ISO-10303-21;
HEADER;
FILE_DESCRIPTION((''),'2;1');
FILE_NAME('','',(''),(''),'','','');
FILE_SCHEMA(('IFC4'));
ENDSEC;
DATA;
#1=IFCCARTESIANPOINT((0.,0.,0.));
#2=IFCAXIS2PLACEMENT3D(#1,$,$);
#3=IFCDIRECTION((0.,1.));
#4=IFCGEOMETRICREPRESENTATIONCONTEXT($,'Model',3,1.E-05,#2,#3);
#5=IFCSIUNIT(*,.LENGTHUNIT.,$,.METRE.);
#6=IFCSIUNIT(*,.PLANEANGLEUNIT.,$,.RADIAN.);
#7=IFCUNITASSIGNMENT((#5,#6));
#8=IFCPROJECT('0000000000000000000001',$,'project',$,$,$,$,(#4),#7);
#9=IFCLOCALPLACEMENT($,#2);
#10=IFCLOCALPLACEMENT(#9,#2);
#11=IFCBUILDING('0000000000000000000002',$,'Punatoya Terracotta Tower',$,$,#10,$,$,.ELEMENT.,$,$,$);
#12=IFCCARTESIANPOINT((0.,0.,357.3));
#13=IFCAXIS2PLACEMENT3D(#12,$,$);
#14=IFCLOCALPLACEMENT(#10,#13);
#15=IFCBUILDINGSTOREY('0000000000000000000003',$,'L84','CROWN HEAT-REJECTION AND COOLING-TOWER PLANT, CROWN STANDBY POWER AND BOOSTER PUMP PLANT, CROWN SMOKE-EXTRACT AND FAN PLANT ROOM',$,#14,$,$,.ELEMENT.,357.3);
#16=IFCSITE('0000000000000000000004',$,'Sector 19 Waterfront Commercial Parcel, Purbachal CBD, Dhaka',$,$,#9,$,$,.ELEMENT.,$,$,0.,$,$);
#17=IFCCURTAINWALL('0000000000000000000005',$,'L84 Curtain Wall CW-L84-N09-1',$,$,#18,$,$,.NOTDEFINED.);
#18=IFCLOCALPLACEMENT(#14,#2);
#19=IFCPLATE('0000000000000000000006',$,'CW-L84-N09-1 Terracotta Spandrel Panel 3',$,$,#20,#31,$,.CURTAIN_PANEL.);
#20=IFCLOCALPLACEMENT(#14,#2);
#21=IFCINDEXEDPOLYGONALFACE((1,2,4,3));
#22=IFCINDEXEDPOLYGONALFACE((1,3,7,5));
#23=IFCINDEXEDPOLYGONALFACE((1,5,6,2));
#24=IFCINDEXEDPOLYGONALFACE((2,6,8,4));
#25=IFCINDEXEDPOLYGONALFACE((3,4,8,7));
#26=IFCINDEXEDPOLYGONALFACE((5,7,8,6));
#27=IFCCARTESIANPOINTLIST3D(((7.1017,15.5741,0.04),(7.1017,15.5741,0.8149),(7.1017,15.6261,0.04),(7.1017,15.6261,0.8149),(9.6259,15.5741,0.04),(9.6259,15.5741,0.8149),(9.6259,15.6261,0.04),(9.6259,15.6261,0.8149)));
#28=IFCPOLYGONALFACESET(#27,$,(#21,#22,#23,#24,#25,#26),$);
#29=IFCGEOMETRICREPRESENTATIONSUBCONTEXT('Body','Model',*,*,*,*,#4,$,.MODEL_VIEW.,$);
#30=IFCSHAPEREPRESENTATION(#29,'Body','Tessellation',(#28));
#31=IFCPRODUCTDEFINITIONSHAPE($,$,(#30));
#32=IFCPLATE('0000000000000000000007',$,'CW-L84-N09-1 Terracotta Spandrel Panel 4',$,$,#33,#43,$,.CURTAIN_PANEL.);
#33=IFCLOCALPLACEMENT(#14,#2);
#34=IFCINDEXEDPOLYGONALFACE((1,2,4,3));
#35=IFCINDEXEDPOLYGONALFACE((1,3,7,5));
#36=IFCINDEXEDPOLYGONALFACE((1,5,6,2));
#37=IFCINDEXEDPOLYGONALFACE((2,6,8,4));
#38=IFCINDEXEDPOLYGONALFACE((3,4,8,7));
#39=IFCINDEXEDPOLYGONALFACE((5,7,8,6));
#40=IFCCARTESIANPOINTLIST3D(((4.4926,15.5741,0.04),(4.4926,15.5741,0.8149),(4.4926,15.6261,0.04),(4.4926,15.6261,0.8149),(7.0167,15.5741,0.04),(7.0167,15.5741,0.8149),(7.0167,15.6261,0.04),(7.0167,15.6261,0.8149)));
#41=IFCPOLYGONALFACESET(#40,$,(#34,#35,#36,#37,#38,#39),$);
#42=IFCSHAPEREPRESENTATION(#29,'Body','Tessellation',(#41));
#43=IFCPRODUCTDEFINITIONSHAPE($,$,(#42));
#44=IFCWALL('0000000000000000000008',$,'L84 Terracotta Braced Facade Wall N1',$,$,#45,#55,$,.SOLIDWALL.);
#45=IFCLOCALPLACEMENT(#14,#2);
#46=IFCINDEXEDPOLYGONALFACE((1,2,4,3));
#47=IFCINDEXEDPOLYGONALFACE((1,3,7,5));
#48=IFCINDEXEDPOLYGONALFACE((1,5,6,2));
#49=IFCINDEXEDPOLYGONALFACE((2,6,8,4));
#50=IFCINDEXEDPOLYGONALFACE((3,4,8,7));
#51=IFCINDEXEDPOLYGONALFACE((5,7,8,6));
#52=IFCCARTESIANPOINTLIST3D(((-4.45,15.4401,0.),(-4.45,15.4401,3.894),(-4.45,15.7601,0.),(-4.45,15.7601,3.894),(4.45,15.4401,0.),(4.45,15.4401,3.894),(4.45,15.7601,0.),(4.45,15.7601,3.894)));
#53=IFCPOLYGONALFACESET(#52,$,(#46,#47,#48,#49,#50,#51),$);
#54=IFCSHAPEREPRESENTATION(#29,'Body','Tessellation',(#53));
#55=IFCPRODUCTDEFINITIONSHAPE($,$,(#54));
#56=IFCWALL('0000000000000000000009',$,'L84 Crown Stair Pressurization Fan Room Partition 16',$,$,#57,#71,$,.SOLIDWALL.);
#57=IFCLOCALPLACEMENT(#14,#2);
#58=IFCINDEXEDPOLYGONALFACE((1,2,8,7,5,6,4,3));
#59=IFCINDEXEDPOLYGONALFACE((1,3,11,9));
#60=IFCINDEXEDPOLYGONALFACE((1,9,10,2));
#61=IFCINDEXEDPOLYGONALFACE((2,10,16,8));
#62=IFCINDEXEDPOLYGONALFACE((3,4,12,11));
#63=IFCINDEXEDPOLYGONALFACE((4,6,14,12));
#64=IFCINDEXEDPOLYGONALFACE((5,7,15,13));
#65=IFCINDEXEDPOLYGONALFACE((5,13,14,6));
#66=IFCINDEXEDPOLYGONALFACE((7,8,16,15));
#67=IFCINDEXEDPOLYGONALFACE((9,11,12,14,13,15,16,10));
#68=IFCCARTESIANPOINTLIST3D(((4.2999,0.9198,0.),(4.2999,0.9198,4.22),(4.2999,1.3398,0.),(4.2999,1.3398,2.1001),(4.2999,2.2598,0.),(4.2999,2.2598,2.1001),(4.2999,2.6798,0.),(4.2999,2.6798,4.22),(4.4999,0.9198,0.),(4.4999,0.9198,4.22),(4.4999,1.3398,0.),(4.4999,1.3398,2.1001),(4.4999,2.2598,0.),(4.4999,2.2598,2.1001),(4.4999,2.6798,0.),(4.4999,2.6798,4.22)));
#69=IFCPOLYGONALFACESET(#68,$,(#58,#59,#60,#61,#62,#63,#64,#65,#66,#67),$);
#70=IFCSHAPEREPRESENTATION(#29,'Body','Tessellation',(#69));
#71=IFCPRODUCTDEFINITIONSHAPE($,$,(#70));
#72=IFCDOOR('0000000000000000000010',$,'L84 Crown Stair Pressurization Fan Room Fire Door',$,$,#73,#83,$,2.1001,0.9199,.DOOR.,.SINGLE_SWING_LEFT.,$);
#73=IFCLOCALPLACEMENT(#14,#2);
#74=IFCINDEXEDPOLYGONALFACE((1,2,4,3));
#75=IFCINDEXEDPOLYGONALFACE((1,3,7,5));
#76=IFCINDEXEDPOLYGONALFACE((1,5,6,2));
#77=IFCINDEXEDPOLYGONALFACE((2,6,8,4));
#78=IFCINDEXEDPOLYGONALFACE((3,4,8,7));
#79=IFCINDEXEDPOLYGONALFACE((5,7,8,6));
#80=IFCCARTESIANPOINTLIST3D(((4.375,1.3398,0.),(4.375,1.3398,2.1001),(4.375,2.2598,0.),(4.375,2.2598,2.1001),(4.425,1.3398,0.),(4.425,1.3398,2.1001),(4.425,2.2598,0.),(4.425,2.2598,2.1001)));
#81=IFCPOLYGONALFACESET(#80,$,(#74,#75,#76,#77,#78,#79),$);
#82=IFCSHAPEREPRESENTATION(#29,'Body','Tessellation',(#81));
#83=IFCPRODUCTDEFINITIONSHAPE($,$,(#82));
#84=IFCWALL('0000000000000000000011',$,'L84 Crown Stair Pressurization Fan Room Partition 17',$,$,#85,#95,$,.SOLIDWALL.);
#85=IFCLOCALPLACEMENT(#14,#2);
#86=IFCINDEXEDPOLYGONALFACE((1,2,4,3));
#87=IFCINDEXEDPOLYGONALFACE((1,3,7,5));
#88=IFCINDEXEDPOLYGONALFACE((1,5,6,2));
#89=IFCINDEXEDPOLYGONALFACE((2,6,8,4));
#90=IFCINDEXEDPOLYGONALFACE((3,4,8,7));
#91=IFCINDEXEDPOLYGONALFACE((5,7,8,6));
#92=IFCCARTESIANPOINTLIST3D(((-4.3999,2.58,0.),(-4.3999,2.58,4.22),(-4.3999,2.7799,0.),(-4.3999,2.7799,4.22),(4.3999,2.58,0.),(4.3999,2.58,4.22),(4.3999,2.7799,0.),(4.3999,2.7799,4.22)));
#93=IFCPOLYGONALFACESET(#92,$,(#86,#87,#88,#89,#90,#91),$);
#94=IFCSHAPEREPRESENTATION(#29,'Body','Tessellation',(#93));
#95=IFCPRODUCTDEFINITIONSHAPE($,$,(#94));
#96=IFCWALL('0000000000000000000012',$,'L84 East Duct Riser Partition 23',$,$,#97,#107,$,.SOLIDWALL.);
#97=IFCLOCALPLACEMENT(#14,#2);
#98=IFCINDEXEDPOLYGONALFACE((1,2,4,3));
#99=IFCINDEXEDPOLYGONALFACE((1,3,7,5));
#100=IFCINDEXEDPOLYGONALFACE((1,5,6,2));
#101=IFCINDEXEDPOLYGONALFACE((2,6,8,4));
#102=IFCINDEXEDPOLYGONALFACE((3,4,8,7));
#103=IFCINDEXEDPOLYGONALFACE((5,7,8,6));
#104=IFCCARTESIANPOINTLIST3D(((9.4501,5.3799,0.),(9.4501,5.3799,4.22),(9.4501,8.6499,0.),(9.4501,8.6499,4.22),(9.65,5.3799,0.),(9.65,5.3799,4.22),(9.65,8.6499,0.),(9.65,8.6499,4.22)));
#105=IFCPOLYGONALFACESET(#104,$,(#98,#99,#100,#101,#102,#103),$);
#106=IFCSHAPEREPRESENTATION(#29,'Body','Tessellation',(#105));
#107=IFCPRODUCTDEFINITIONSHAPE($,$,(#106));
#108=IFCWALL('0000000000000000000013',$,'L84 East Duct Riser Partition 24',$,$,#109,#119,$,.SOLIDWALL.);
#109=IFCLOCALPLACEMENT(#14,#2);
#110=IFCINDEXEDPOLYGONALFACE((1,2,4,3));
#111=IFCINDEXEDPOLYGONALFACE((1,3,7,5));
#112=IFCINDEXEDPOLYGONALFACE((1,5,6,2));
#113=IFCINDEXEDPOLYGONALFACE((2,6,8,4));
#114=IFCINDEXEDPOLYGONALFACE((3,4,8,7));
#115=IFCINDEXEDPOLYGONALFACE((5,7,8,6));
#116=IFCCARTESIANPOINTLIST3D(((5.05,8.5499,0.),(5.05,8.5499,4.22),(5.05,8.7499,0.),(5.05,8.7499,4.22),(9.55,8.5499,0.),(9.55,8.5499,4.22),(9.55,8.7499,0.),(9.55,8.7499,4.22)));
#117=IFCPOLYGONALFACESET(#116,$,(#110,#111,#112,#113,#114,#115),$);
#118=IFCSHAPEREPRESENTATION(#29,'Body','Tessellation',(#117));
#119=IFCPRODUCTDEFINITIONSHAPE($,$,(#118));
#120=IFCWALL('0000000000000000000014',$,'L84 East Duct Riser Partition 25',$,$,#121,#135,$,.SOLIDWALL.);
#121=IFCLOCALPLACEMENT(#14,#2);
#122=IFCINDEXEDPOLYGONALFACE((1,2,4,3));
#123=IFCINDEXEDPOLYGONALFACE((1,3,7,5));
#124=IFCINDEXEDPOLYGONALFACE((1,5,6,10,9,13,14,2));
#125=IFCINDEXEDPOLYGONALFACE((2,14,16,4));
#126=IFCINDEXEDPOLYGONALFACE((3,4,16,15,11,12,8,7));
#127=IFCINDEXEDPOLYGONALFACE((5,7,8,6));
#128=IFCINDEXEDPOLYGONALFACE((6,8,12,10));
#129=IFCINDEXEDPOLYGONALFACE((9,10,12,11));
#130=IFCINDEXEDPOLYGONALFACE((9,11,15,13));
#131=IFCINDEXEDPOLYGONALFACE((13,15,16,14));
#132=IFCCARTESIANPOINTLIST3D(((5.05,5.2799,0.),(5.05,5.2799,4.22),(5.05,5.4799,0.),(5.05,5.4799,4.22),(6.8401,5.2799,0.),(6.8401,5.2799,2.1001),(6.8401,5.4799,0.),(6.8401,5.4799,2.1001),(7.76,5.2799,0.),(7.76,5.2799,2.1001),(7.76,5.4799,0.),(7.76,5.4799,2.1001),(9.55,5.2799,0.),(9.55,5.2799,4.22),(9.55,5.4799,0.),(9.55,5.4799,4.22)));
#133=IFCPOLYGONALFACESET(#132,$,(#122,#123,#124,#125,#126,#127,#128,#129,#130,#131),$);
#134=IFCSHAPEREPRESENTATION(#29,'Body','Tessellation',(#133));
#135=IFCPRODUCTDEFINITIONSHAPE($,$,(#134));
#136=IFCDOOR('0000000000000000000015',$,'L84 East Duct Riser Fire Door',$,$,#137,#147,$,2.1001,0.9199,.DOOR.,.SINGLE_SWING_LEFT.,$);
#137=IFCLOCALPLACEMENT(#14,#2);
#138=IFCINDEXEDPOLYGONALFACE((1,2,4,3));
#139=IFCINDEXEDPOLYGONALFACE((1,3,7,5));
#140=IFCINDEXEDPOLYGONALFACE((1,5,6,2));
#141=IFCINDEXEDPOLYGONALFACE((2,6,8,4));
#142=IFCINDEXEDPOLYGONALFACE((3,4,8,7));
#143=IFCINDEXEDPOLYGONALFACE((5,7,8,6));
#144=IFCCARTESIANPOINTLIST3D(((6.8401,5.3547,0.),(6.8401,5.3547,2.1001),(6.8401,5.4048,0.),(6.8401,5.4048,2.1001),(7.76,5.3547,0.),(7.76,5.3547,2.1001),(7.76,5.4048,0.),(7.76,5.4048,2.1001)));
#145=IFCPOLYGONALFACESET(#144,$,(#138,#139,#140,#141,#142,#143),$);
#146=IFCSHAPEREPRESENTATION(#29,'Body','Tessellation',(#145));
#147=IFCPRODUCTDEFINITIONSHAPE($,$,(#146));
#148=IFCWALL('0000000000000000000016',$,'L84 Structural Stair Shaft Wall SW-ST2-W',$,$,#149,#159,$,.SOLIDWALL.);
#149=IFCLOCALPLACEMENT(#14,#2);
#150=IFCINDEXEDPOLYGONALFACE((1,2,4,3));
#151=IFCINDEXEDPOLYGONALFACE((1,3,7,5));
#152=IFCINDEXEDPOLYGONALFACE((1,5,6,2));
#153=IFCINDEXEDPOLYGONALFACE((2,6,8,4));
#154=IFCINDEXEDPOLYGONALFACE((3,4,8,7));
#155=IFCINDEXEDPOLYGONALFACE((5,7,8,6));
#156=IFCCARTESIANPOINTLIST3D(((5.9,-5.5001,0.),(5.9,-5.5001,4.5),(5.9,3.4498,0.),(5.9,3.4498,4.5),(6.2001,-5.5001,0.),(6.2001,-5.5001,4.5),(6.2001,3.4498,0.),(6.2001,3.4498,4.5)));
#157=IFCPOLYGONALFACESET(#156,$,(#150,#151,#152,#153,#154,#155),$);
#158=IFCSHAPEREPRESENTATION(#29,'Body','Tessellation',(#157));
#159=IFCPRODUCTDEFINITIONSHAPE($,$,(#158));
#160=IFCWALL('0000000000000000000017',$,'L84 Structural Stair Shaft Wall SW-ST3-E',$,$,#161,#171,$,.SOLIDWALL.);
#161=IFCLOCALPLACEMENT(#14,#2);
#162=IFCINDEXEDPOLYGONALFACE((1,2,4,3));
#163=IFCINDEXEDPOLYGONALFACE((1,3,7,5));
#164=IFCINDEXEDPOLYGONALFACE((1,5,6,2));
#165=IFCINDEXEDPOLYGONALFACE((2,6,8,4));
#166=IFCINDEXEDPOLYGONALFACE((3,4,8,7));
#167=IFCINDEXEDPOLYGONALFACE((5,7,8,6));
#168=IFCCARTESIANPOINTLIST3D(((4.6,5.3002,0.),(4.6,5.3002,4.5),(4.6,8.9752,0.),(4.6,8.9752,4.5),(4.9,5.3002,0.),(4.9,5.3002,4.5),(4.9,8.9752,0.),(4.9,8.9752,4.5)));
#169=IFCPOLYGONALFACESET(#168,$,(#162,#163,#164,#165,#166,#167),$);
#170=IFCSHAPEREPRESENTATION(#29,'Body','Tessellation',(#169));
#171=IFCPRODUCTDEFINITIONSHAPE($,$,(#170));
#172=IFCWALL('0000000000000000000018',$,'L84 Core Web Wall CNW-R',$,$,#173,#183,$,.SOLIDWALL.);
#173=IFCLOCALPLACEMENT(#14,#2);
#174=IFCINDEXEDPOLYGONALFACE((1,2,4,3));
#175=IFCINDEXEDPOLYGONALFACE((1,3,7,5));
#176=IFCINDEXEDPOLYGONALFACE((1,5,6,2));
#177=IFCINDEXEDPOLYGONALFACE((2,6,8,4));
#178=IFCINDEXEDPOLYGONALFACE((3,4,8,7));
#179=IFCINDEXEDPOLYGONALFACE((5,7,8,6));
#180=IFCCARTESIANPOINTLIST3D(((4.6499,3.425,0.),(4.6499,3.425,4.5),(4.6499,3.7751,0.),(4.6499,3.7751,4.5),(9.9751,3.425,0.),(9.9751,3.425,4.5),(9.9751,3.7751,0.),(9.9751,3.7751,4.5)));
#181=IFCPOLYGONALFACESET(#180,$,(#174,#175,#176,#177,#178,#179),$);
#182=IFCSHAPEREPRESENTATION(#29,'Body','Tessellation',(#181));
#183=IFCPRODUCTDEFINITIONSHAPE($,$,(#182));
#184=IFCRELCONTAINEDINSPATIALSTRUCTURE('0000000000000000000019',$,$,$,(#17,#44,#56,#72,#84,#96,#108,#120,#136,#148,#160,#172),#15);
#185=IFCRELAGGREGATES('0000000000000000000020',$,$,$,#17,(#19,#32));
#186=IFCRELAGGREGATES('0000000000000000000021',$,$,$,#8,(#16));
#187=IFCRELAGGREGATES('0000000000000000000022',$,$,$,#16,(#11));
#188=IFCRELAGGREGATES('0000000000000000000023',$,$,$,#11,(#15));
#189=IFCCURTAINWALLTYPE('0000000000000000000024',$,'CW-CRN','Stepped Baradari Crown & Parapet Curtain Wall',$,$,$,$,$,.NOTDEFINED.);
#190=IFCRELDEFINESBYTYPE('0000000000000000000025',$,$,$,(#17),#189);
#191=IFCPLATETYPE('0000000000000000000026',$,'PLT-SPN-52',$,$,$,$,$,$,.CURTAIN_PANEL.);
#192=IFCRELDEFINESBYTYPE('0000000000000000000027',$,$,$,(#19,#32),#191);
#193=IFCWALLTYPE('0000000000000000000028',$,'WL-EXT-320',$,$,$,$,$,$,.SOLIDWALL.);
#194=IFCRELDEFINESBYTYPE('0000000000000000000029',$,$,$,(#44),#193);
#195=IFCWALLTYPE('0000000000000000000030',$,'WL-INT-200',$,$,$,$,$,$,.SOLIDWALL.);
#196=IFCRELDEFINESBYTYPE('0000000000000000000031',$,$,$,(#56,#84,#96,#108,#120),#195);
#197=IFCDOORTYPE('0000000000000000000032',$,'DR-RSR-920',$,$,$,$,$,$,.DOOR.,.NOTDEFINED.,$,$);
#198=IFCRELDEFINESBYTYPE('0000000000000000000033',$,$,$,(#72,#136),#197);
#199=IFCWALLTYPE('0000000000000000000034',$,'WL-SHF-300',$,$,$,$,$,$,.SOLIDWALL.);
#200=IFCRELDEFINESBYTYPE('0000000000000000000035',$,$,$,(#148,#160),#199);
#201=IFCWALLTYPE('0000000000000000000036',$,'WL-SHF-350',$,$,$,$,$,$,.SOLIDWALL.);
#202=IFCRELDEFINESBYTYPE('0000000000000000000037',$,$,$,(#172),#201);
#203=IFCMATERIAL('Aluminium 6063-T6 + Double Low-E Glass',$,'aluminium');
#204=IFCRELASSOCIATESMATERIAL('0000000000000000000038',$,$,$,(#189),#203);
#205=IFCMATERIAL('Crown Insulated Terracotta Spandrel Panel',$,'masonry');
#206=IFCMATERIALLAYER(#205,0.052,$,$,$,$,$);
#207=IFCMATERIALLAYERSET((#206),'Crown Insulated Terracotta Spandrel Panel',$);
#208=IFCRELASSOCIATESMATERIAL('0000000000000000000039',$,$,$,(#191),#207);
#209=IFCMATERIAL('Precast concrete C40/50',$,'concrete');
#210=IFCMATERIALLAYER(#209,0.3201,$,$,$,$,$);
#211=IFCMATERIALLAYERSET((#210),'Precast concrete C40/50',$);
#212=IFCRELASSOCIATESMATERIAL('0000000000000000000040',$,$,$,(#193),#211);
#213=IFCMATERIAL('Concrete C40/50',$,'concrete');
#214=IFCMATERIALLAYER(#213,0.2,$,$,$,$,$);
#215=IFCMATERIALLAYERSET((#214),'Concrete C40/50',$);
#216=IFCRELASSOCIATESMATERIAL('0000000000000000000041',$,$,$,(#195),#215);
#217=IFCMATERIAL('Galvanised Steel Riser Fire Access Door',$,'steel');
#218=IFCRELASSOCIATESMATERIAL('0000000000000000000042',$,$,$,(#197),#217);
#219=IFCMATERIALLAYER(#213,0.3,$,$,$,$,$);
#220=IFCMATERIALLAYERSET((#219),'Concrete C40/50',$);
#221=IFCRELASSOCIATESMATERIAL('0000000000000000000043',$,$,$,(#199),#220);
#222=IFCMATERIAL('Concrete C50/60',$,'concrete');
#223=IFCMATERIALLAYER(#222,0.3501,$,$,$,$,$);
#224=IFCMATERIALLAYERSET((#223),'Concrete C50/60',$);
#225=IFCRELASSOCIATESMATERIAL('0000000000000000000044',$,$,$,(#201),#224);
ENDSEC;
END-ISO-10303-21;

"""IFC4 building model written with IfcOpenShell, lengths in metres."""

from ifc_helpers import new_model, si_unit, direction, frame, frame_2d, origin, origin_2d, place, context, subcontext, project, spatial, rectangle, extrude, material, layer, layer_set, type_object, element, fill, aggregate, save


model = new_model("IFC4")

# Units and contexts
model_context = context("Model", 3, precision=1e-05, world=origin(), true_north=direction((0.0, 1.0)))
body_context = subcontext(model_context, "Body", "Model", "MODEL_VIEW")
ifc_project = project(units=[si_unit("LENGTHUNIT", "METRE"), si_unit("PLANEANGLEUNIT", "RADIAN")], contexts=[model_context])

# Site, building, storey
site_placement = place(None, origin())
site = spatial("IfcSite", under=ifc_project, at=site_placement, Name="Sector 19 Waterfront Commercial Parcel, Purbachal CBD, Dhaka", CompositionType="ELEMENT", RefElevation=0.0)
building_placement = place(site_placement, origin())
building = spatial("IfcBuilding", under=site, at=building_placement, Name="Punatoya Terracotta Tower", CompositionType="ELEMENT")
storey_placement = place(building_placement, frame((0.0, 0.0, 357.3)))
storey = spatial("IfcBuildingStorey", under=building, at=storey_placement, Name="L84", Description="CROWN HEAT-REJECTION AND COOLING-TOWER PLANT, CROWN STANDBY POWER AND BOOSTER PUMP PLANT, CROWN SMOKE-EXTRACT AND FAN PLANT ROOM", CompositionType="ELEMENT", Elevation=357.3)

# Curtain wall
ifc_material_1 = material(Name="Aluminium 6063-T6 + Double Low-E Glass", Category="aluminium")
curtain_wall_type = type_object("IfcCurtainWallType", Name="CW-CRN", Description="Stepped Baradari Crown & Parapet Curtain Wall", PredefinedType="NOTDEFINED", material=ifc_material_1)
curtain_wall_placement = place(storey_placement, origin())
curtain_wall = element("IfcCurtainWall", 1, at=curtain_wall_placement, inside=storey, type_object=curtain_wall_type, Name="L84 Curtain Wall CW-L84-N09-1", PredefinedType="NOTDEFINED")

# Plates
ifc_material_2 = material(Name="Crown Insulated Terracotta Spandrel Panel", Category="masonry")
ifc_layer_1 = layer(ifc_material_2, 0.052)
ifc_layer_set_1 = layer_set([ifc_layer_1], Name="Crown Insulated Terracotta Spandrel Panel")
plate_type_1 = type_object("IfcPlateType", Name="PLT-SPN-52", PredefinedType="CURTAIN_PANEL", material=ifc_layer_set_1)
plate_1_placement = place(storey_placement, frame((8.3638, 15.6001, 0.04), z_axis=(0.0, 0.0, 1.0), x_axis=(-1.0, 0.0, 0.0)))
plate_1 = element("IfcPlate", 2, at=plate_1_placement, type_object=plate_type_1, Name="CW-L84-N09-1 Terracotta Spandrel Panel 3", PredefinedType="CURTAIN_PANEL", context=body_context, shape_type="SweptSolid", body=[
    extrude(rectangle(XDim=2.5242, YDim=0.052, at=origin_2d()), origin(), (0.0, 0.0, 1.0), 0.7749),
])
plate_2_placement = place(storey_placement, frame((5.7546, 15.6001, 0.04), z_axis=(0.0, 0.0, 1.0), x_axis=(-1.0, 0.0, 0.0)))
plate_2 = element("IfcPlate", 3, at=plate_2_placement, type_object=plate_type_1, Name="CW-L84-N09-1 Terracotta Spandrel Panel 4", PredefinedType="CURTAIN_PANEL", context=body_context, shape_type="SweptSolid", body=[
    extrude(rectangle(XDim=2.5242, YDim=0.052, at=origin_2d()), origin(), (0.0, 0.0, 1.0), 0.7749),
])
aggregate(curtain_wall, [plate_1, plate_2])

# Wall
ifc_material_3 = material(Name="Precast concrete C40/50", Category="concrete")
ifc_layer_2 = layer(ifc_material_3, 0.3201)
ifc_layer_set_2 = layer_set([ifc_layer_2], Name="Precast concrete C40/50")
wall_type_1 = type_object("IfcWallType", Name="WL-EXT-320", PredefinedType="SOLIDWALL", material=ifc_layer_set_2)
wall_1_placement = place(storey_placement, frame((4.45, 15.6001, 0.0), z_axis=(0.0, 0.0, 1.0), x_axis=(-1.0, 0.0, 0.0)))
element("IfcWall", 4, at=wall_1_placement, inside=storey, type_object=wall_type_1, Name="L84 Terracotta Braced Facade Wall N1", PredefinedType="SOLIDWALL", context=body_context, shape_type="SweptSolid", body=[
    extrude(rectangle(XDim=8.8999, YDim=0.3201, at=frame_2d((4.45, 0.0))), origin(), (0.0, 0.0, 1.0), 3.894),
])

# Wall, opening, door
ifc_material_4 = material(Name="Concrete C40/50", Category="concrete")
ifc_layer_3 = layer(ifc_material_4, 0.2)
ifc_layer_set_3 = layer_set([ifc_layer_3], Name="Concrete C40/50")
wall_type_2 = type_object("IfcWallType", Name="WL-INT-200", PredefinedType="SOLIDWALL", material=ifc_layer_set_3)
wall_2_placement = place(storey_placement, frame((4.3999, 0.9199, 0.0), z_axis=(0.0, 0.0, 1.0), x_axis=(0.0, 1.0, 0.0)))
wall_2 = element("IfcWall", 5, at=wall_2_placement, inside=storey, type_object=wall_type_2, Name="L84 Crown Stair Pressurization Fan Room Partition 16", PredefinedType="SOLIDWALL", context=body_context, shape_type="SweptSolid", body=[
    extrude(rectangle(XDim=1.76, YDim=0.2, at=frame_2d((0.8799, 0.0))), origin(), (0.0, 0.0, 1.0), 4.22),
])
opening_1_placement = place(wall_2_placement, frame((0.4199, 0.0, 0.0)))
opening_1 = element("IfcOpeningElement", 6, at=opening_1_placement, cuts=wall_2, PredefinedType="OPENING", context=body_context, shape_type="SweptSolid", body=[
    extrude(rectangle(XDim=0.9199, YDim=2.1001, at=frame_2d((0.46, 1.05))), frame((0.0, 0.1099, 0.0), z_axis=(0.0, -1.0, 0.0), x_axis=(1.0, 0.0, 0.0)), (0.0, 0.0, 1.0), 0.22),
])
ifc_material_5 = material(Name="Galvanised Steel Riser Fire Access Door", Category="steel")
door_type = type_object("IfcDoorType", Name="DR-RSR-920", OperationType="NOTDEFINED", PredefinedType="DOOR", material=ifc_material_5)
door_1_placement = place(opening_1_placement, origin())
door_1 = element("IfcDoor", 7, at=door_1_placement, inside=storey, type_object=door_type, Name="L84 Crown Stair Pressurization Fan Room Fire Door", OperationType="SINGLE_SWING_LEFT", OverallHeight=2.1001, OverallWidth=0.9199, PredefinedType="DOOR", context=body_context, shape_type="SweptSolid", body=[
    extrude(rectangle(XDim=0.9199, YDim=2.1001, at=frame_2d((0.46, 1.05))), frame((0.0, 0.0249, 0.0), z_axis=(0.0, -1.0, 0.0), x_axis=(1.0, 0.0, 0.0)), (0.0, 0.0, 1.0), 0.05),
])
fill(opening_1, door_1)

# Walls
wall_3_placement = place(storey_placement, frame((4.3999, 2.6799, 0.0), z_axis=(0.0, 0.0, 1.0), x_axis=(-1.0, 0.0, 0.0)))
element("IfcWall", 8, at=wall_3_placement, inside=storey, type_object=wall_type_2, Name="L84 Crown Stair Pressurization Fan Room Partition 17", PredefinedType="SOLIDWALL", context=body_context, shape_type="SweptSolid", body=[
    extrude(rectangle(XDim=8.7998, YDim=0.2, at=frame_2d((4.3999, 0.0))), origin(), (0.0, 0.0, 1.0), 4.22),
])
wall_4_placement = place(storey_placement, frame((9.55, 5.3799, 0.0), z_axis=(0.0, 0.0, 1.0), x_axis=(0.0, 1.0, 0.0)))
element("IfcWall", 9, at=wall_4_placement, inside=storey, type_object=wall_type_2, Name="L84 East Duct Riser Partition 23", PredefinedType="SOLIDWALL", context=body_context, shape_type="SweptSolid", body=[
    extrude(rectangle(XDim=3.27, YDim=0.2, at=frame_2d((1.635, 0.0))), origin(), (0.0, 0.0, 1.0), 4.22),
])
wall_5_placement = place(storey_placement, frame((9.55, 8.6499, 0.0), z_axis=(0.0, 0.0, 1.0), x_axis=(-1.0, 0.0, 0.0)))
element("IfcWall", 10, at=wall_5_placement, inside=storey, type_object=wall_type_2, Name="L84 East Duct Riser Partition 24", PredefinedType="SOLIDWALL", context=body_context, shape_type="SweptSolid", body=[
    extrude(rectangle(XDim=4.5, YDim=0.2, at=frame_2d((2.25, 0.0))), origin(), (0.0, 0.0, 1.0), 4.22),
])

# Wall, opening, door
wall_6_placement = place(storey_placement, frame((5.05, 5.3799, 0.0), z_axis=(0.0, 0.0, 1.0), x_axis=(1.0, 0.0, 0.0)))
wall_6 = element("IfcWall", 11, at=wall_6_placement, inside=storey, type_object=wall_type_2, Name="L84 East Duct Riser Partition 25", PredefinedType="SOLIDWALL", context=body_context, shape_type="SweptSolid", body=[
    extrude(rectangle(XDim=4.5, YDim=0.2, at=frame_2d((2.25, 0.0))), origin(), (0.0, 0.0, 1.0), 4.22),
])
opening_2_placement = place(wall_6_placement, frame((1.79, 0.0, 0.0)))
opening_2 = element("IfcOpeningElement", 12, at=opening_2_placement, cuts=wall_6, PredefinedType="OPENING", context=body_context, shape_type="SweptSolid", body=[
    extrude(rectangle(XDim=0.9199, YDim=2.1001, at=frame_2d((0.46, 1.05))), frame((0.0, 0.1099, 0.0), z_axis=(0.0, -1.0, 0.0), x_axis=(1.0, 0.0, 0.0)), (0.0, 0.0, 1.0), 0.22),
])
door_2_placement = place(opening_2_placement, origin())
door_2 = element("IfcDoor", 13, at=door_2_placement, inside=storey, type_object=door_type, Name="L84 East Duct Riser Fire Door", OperationType="SINGLE_SWING_LEFT", OverallHeight=2.1001, OverallWidth=0.9199, PredefinedType="DOOR", context=body_context, shape_type="SweptSolid", body=[
    extrude(rectangle(XDim=0.9199, YDim=2.1001, at=frame_2d((0.46, 1.05))), frame((0.0, 0.0249, 0.0), z_axis=(0.0, -1.0, 0.0), x_axis=(1.0, 0.0, 0.0)), (0.0, 0.0, 1.0), 0.05),
])
fill(opening_2, door_2)

# Walls
ifc_layer_4 = layer(ifc_material_4, 0.3)
ifc_layer_set_4 = layer_set([ifc_layer_4], Name="Concrete C40/50")
wall_type_3 = type_object("IfcWallType", Name="WL-SHF-300", PredefinedType="SOLIDWALL", material=ifc_layer_set_4)
wall_7_placement = place(storey_placement, frame((6.05, 3.45, 0.0), z_axis=(0.0, 0.0, 1.0), x_axis=(0.0, -1.0, 0.0)))
element("IfcWall", 14, at=wall_7_placement, inside=storey, type_object=wall_type_3, Name="L84 Structural Stair Shaft Wall SW-ST2-W", PredefinedType="SOLIDWALL", context=body_context, shape_type="SweptSolid", body=[
    extrude(rectangle(XDim=8.95, YDim=0.3, at=frame_2d((4.4751, 0.0))), origin(), (0.0, 0.0, 1.0), 4.5),
])
wall_8_placement = place(storey_placement, frame((4.75, 8.9751, 0.0), z_axis=(0.0, 0.0, 1.0), x_axis=(0.0, -1.0, 0.0)))
element("IfcWall", 15, at=wall_8_placement, inside=storey, type_object=wall_type_3, Name="L84 Structural Stair Shaft Wall SW-ST3-E", PredefinedType="SOLIDWALL", context=body_context, shape_type="SweptSolid", body=[
    extrude(rectangle(XDim=3.675, YDim=0.3, at=frame_2d((1.8374, 0.0))), origin(), (0.0, 0.0, 1.0), 4.5),
])
ifc_material_6 = material(Name="Concrete C50/60", Category="concrete")
ifc_layer_5 = layer(ifc_material_6, 0.3501)
ifc_layer_set_5 = layer_set([ifc_layer_5], Name="Concrete C50/60")
wall_type_4 = type_object("IfcWallType", Name="WL-SHF-350", PredefinedType="SOLIDWALL", material=ifc_layer_set_5)
wall_9_placement = place(storey_placement, frame((4.6499, 3.6001, 0.0), z_axis=(0.0, 0.0, 1.0), x_axis=(1.0, 0.0, 0.0)))
element("IfcWall", 16, at=wall_9_placement, inside=storey, type_object=wall_type_4, Name="L84 Core Web Wall CNW-R", PredefinedType="SOLIDWALL", context=body_context, shape_type="SweptSolid", body=[
    extrude(rectangle(XDim=5.3252, YDim=0.3501, at=frame_2d((2.6626, 0.0))), origin(), (0.0, 0.0, 1.0), 4.5),
])

save(model, "model.ifc")
